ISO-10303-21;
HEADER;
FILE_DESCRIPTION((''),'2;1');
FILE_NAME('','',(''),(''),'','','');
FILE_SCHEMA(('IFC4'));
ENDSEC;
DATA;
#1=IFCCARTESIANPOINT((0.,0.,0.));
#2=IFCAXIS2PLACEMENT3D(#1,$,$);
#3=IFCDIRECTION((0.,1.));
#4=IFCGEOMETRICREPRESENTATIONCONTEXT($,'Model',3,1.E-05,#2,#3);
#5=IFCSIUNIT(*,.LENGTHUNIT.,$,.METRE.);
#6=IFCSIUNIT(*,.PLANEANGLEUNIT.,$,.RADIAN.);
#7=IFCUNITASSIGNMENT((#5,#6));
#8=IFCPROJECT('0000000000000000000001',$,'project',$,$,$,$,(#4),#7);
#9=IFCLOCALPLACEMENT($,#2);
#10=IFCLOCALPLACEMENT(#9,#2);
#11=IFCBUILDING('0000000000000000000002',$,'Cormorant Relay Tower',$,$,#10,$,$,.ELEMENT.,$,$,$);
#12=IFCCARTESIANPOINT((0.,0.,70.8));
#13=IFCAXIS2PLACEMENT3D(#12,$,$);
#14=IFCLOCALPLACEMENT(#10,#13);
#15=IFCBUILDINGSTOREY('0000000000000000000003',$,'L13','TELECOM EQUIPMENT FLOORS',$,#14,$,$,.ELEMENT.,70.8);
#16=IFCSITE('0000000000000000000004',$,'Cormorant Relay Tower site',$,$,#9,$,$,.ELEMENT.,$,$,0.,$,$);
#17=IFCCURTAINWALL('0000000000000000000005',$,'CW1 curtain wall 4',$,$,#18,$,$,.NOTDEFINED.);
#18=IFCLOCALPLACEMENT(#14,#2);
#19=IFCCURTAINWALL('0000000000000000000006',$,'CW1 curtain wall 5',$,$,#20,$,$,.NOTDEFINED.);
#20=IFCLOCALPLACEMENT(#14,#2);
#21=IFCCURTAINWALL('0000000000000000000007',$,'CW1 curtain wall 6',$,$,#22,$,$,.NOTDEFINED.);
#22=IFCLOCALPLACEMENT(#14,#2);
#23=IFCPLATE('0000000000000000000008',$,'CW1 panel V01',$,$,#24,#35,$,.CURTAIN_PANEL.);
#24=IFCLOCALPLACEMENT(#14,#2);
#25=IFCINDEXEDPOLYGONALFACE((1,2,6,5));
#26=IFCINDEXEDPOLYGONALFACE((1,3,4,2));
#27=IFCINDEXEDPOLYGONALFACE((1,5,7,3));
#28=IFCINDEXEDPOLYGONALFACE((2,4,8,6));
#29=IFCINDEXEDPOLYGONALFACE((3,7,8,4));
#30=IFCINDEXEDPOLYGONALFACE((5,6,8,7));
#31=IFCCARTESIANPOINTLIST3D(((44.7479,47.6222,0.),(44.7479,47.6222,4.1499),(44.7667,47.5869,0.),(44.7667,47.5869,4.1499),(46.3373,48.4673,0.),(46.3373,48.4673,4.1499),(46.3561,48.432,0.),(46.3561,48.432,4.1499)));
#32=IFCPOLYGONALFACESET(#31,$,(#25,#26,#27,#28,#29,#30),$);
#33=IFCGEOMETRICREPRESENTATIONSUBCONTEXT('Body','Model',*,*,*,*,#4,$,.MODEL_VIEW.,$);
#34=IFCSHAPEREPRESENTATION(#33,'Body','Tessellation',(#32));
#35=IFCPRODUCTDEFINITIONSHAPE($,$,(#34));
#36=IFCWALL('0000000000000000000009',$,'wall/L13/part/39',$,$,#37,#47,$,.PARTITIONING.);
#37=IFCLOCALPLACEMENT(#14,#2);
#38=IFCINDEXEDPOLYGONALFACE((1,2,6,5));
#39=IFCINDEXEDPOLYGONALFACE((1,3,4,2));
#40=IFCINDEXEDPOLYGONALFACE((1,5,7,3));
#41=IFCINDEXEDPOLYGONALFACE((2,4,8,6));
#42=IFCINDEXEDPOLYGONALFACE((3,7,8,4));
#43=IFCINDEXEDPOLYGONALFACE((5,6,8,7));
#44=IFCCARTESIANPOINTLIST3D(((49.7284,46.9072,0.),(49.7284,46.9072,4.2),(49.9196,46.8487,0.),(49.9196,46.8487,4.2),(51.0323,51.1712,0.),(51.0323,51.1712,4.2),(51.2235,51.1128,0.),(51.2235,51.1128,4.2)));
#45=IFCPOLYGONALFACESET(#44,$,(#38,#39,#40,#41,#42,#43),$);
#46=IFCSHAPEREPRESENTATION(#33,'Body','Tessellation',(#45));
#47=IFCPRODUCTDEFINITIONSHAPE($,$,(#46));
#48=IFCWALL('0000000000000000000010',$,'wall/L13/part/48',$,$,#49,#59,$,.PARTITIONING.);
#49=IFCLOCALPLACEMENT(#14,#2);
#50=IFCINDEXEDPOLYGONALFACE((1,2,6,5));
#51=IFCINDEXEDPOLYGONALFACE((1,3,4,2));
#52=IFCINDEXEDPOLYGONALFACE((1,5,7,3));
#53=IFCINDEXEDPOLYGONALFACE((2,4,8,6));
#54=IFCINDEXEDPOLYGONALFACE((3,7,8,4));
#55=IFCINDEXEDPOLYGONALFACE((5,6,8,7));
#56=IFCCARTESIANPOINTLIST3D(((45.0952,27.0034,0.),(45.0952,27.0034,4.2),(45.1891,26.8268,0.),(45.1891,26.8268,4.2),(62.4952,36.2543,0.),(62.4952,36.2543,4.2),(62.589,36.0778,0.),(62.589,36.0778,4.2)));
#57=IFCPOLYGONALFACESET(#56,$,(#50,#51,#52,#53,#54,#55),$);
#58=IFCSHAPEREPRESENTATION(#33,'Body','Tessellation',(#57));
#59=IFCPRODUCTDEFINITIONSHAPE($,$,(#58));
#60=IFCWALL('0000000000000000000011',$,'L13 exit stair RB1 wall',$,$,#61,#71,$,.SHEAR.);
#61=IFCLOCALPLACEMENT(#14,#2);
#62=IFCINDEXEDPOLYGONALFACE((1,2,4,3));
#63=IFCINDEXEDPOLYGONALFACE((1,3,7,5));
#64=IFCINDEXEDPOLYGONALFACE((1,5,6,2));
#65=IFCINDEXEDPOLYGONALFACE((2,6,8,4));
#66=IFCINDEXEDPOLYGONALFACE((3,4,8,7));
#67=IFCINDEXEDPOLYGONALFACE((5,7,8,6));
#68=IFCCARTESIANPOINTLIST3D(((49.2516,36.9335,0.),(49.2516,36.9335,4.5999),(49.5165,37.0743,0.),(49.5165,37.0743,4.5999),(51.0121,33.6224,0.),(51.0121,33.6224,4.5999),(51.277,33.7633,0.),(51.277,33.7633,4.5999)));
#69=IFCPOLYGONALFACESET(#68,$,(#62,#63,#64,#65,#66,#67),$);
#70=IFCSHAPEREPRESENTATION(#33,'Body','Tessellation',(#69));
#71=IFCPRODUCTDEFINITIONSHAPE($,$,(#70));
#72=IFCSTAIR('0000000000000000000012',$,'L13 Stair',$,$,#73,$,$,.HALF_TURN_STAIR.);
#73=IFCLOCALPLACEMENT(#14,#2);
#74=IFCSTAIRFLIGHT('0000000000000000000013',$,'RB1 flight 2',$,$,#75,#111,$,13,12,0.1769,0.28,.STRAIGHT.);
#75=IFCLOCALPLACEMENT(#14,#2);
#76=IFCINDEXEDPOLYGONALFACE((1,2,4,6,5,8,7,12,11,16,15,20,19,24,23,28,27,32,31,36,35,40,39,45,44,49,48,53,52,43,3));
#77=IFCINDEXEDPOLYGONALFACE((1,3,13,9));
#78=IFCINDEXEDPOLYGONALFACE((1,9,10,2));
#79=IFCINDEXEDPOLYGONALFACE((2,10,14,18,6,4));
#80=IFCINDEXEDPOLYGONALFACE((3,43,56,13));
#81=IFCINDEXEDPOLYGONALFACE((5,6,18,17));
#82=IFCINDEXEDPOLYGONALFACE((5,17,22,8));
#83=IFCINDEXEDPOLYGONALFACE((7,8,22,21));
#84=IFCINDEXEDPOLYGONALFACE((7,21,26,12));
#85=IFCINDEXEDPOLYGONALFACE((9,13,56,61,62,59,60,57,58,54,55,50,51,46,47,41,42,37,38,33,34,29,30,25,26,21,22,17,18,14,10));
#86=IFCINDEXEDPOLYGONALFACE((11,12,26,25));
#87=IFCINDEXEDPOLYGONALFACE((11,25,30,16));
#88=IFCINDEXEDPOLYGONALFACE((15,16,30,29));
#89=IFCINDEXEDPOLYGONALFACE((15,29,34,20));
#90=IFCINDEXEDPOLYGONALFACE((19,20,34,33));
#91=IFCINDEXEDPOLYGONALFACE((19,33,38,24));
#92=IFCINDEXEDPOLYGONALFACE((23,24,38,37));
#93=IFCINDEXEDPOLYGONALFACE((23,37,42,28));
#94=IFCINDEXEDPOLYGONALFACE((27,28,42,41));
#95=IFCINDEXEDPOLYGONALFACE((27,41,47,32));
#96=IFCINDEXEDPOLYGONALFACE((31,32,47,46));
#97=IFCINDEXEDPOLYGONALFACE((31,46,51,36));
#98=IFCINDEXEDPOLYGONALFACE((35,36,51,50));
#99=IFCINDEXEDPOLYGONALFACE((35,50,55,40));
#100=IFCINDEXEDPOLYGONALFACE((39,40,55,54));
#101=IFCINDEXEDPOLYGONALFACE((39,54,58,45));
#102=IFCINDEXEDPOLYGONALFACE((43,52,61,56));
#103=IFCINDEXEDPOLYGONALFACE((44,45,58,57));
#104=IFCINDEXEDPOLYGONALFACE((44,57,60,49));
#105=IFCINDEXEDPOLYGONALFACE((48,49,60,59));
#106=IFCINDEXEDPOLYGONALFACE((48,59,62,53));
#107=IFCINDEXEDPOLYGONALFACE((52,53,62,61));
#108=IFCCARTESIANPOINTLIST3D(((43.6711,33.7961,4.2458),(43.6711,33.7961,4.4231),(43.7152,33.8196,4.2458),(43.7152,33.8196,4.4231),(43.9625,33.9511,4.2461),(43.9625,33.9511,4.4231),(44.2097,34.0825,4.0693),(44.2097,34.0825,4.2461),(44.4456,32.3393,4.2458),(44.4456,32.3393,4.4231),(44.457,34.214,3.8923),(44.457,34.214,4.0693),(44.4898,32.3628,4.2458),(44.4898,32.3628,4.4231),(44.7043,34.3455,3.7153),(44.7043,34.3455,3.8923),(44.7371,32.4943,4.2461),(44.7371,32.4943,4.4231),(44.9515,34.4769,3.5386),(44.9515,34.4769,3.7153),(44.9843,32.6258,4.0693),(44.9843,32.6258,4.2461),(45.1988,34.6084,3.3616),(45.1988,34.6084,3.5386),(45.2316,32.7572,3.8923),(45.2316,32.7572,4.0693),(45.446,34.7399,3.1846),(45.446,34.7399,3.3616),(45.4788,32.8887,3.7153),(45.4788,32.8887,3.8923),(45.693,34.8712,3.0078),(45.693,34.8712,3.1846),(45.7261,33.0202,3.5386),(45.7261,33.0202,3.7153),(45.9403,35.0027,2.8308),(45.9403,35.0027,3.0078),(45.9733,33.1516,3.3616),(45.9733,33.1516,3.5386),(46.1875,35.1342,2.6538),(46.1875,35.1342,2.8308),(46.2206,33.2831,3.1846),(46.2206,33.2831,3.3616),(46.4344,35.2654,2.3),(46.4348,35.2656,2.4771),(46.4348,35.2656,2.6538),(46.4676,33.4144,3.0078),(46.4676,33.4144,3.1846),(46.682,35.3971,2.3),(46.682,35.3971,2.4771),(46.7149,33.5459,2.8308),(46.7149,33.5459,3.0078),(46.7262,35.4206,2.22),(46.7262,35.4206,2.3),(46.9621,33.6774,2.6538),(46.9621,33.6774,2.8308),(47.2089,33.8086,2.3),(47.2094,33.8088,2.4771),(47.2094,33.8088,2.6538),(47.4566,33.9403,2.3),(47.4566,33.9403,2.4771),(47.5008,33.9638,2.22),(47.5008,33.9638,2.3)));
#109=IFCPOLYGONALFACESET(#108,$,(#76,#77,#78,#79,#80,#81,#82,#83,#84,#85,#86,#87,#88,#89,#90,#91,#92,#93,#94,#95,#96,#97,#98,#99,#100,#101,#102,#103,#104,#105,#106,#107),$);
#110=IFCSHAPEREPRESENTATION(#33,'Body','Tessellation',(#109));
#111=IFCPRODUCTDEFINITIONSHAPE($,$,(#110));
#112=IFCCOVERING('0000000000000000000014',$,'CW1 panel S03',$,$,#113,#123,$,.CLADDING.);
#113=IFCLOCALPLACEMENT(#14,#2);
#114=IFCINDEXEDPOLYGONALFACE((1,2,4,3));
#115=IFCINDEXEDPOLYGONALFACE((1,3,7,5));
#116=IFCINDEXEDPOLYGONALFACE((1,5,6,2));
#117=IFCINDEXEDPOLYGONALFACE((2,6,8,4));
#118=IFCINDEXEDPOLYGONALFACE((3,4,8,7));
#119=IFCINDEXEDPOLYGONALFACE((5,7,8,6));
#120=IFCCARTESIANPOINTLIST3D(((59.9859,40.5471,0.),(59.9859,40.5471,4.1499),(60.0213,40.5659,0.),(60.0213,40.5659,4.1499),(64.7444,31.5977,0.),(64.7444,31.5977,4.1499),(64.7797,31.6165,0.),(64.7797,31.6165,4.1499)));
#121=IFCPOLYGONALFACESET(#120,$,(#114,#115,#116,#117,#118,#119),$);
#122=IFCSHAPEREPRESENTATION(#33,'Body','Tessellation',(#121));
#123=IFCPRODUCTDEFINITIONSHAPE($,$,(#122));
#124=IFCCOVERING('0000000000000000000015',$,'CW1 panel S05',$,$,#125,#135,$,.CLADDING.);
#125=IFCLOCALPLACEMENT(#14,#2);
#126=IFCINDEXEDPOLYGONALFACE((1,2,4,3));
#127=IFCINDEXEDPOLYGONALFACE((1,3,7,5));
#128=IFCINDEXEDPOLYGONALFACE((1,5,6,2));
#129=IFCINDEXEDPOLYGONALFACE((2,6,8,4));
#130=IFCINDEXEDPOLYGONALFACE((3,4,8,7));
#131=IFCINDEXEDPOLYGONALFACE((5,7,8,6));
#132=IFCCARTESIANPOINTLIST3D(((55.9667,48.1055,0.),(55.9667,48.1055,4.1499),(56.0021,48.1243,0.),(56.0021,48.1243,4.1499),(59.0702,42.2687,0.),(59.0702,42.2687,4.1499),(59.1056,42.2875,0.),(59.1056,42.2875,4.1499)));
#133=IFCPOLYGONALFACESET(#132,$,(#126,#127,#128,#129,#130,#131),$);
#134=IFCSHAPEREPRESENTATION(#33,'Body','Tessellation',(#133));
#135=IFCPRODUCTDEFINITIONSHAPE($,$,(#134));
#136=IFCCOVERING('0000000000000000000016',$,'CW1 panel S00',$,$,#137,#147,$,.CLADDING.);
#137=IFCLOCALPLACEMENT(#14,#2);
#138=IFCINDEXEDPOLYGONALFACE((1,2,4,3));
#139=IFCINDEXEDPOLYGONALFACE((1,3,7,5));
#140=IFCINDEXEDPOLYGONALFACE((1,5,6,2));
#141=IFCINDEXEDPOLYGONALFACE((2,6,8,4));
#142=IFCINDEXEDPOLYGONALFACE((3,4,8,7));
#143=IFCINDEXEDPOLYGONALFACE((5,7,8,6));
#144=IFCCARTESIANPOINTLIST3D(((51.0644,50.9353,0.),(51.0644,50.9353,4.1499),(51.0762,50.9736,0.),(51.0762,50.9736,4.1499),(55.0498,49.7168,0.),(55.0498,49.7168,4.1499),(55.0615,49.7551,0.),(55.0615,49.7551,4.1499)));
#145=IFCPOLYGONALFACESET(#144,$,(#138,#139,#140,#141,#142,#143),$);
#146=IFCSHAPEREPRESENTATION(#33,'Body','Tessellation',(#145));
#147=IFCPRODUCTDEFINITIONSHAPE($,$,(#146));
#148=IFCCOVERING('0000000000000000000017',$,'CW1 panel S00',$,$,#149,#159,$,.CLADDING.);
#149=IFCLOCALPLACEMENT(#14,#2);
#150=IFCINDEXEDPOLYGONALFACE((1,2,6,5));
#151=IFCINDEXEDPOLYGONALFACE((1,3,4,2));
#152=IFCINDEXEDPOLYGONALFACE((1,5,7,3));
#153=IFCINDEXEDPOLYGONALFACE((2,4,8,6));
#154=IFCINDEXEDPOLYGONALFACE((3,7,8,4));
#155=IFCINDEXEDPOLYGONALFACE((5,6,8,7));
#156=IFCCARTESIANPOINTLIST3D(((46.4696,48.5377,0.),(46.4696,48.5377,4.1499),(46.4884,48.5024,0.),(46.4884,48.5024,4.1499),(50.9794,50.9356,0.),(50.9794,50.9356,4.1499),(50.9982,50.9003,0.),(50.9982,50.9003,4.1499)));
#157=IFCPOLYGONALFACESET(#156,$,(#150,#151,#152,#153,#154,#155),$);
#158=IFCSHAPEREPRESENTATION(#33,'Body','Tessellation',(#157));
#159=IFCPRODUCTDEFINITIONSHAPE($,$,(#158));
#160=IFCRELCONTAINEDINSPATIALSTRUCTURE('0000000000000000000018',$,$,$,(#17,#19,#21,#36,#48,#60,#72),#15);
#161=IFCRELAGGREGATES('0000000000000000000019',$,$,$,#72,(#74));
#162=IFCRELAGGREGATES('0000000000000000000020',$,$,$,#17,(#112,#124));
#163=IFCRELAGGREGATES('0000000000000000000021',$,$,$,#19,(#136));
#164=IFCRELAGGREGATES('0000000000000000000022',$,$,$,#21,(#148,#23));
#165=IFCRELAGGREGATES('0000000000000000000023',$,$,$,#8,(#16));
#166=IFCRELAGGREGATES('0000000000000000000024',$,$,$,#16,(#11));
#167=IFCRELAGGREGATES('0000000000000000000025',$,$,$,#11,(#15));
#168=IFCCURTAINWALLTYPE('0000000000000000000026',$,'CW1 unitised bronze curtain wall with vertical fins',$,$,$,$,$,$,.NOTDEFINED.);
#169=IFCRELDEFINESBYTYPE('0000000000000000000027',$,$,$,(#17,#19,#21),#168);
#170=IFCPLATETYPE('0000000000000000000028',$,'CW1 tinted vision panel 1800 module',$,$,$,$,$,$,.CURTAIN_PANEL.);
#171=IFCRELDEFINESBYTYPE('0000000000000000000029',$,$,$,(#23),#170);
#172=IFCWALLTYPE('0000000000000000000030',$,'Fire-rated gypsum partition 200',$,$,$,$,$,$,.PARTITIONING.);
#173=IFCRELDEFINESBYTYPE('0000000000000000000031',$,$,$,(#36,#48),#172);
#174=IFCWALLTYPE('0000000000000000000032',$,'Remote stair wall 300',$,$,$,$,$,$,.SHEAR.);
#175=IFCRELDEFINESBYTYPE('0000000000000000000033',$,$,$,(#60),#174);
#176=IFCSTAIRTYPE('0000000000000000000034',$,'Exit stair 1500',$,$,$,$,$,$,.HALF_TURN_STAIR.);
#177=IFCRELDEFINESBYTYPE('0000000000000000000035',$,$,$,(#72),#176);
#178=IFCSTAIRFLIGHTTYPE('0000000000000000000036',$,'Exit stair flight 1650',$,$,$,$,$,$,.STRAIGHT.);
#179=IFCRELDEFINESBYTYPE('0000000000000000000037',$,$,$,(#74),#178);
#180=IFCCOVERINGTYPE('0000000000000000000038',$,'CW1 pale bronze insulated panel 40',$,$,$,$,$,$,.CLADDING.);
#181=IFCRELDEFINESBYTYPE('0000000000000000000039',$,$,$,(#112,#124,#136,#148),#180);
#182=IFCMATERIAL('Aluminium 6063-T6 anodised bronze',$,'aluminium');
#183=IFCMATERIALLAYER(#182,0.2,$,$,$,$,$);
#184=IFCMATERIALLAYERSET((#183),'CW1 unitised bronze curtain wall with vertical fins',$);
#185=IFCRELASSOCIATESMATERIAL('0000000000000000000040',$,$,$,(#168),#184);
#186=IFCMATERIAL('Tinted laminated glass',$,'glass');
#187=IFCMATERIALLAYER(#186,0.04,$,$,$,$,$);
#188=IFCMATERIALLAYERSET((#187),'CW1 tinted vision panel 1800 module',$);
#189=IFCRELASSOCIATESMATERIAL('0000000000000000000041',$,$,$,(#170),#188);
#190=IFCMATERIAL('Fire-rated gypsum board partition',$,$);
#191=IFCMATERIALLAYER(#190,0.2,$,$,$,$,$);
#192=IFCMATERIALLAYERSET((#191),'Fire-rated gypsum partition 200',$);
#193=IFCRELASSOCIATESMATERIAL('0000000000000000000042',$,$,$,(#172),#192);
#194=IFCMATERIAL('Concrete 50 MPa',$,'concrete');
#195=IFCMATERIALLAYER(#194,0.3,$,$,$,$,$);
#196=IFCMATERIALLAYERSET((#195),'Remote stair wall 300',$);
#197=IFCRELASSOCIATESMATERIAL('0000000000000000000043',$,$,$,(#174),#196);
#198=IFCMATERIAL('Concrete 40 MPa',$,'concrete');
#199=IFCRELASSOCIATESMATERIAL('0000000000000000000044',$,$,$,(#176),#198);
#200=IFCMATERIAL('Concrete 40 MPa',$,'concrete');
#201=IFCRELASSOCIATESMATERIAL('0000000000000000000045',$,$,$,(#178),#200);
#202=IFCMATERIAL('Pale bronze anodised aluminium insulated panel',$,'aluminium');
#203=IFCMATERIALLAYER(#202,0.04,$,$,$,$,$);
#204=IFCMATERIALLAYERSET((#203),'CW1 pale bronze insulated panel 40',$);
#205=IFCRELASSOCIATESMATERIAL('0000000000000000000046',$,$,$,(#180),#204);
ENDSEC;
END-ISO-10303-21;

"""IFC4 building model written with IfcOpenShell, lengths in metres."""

from ifc_helpers import new_model, si_unit, direction, frame, frame_2d, origin, origin_2d, place, context, subcontext, project, spatial, polyline, rectangle, outline, extrude, material, layer, layer_set, type_object, element, aggregate, save


model = new_model("IFC4")

# Units and contexts
model_context = context("Model", 3, precision=1e-05, world=origin(), true_north=direction((0.0, 1.0)))
body_context = subcontext(model_context, "Body", "Model", "MODEL_VIEW")
ifc_project = project(units=[si_unit("LENGTHUNIT", "METRE"), si_unit("PLANEANGLEUNIT", "RADIAN")], contexts=[model_context])

# Site, building, storey
site_placement = place(None, origin())
site = spatial("IfcSite", under=ifc_project, at=site_placement, Name="Cormorant Relay Tower site", CompositionType="ELEMENT", RefElevation=0.0)
building_placement = place(site_placement, origin())
building = spatial("IfcBuilding", under=site, at=building_placement, Name="Cormorant Relay Tower", CompositionType="ELEMENT")
storey_placement = place(building_placement, frame((0.0, 0.0, 70.8)))
storey = spatial("IfcBuildingStorey", under=building, at=storey_placement, Name="L13", Description="TELECOM EQUIPMENT FLOORS", CompositionType="ELEMENT", Elevation=70.8)

# Curtain wall
ifc_material_1 = material(Name="Aluminium 6063-T6 anodised bronze", Category="aluminium")
ifc_layer_1 = layer(ifc_material_1, 0.2)
ifc_layer_set_1 = layer_set([ifc_layer_1], Name="CW1 unitised bronze curtain wall with vertical fins")
curtain_wall_type = type_object("IfcCurtainWallType", Name="CW1 unitised bronze curtain wall with vertical fins", PredefinedType="NOTDEFINED", material=ifc_layer_set_1)
curtain_wall_1_placement = place(storey_placement, origin())
curtain_wall_1 = element("IfcCurtainWall", 1, at=curtain_wall_1_placement, inside=storey, type_object=curtain_wall_type, Name="CW1 curtain wall 4", PredefinedType="NOTDEFINED")

# Curtain wall
curtain_wall_2_placement = place(storey_placement, origin())
curtain_wall_2 = element("IfcCurtainWall", 2, at=curtain_wall_2_placement, inside=storey, type_object=curtain_wall_type, Name="CW1 curtain wall 5", PredefinedType="NOTDEFINED")

# Curtain wall
curtain_wall_3_placement = place(storey_placement, origin())
curtain_wall_3 = element("IfcCurtainWall", 3, at=curtain_wall_3_placement, inside=storey, type_object=curtain_wall_type, Name="CW1 curtain wall 6", PredefinedType="NOTDEFINED")

# Plate
ifc_material_2 = material(Name="Tinted laminated glass", Category="glass")
ifc_layer_2 = layer(ifc_material_2, 0.04)
ifc_layer_set_2 = layer_set([ifc_layer_2], Name="CW1 tinted vision panel 1800 module")
plate_type = type_object("IfcPlateType", Name="CW1 tinted vision panel 1800 module", PredefinedType="CURTAIN_PANEL", material=ifc_layer_set_2)
plate_1_placement = place(storey_placement, frame((45.552, 48.0271, 0.0), z_axis=(0.0, 0.0, 1.0), x_axis=(-0.882948, -0.469472, 0.0)))
plate_1 = element("IfcPlate", 4, at=plate_1_placement, type_object=plate_type, Name="CW1 panel V01", PredefinedType="CURTAIN_PANEL", context=body_context, shape_type="SweptSolid", body=[
    extrude(rectangle(XDim=1.8, YDim=0.04, at=origin_2d()), origin(), (0.0, 0.0, 1.0), 4.1499),
])

# Walls
ifc_material_3 = material(Name="Fire-rated gypsum board partition")
ifc_layer_3 = layer(ifc_material_3, 0.2)
ifc_layer_set_3 = layer_set([ifc_layer_3], Name="Fire-rated gypsum partition 200")
wall_type_1 = type_object("IfcWallType", Name="Fire-rated gypsum partition 200", PredefinedType="PARTITIONING", material=ifc_layer_set_3)
wall_1_placement = place(storey_placement, frame((49.824, 46.8779, 0.0), z_axis=(0.0, 0.0, 1.0), x_axis=(0.292427, 0.956288, 0.0)))
element("IfcWall", 5, at=wall_1_placement, inside=storey, type_object=wall_type_1, Name="wall/L13/part/39", PredefinedType="PARTITIONING", context=body_context, shape_type="SweptSolid", body=[
    extrude(rectangle(XDim=4.459, YDim=0.2, at=frame_2d((2.2295, 0.0))), origin(), (0.0, 0.0, 1.0), 4.2),
])
wall_2_placement = place(storey_placement, frame((62.542, 36.166, 0.0), z_axis=(0.0, 0.0, 1.0), x_axis=(-0.882963, -0.469443, 0.0)))
element("IfcWall", 6, at=wall_2_placement, inside=storey, type_object=wall_type_1, Name="wall/L13/part/48", PredefinedType="PARTITIONING", context=body_context, shape_type="SweptSolid", body=[
    extrude(rectangle(XDim=19.7063, YDim=0.2, at=frame_2d((9.853, 0.0))), origin(), (0.0, 0.0, 1.0), 4.2),
])
ifc_material_4 = material(Name="Concrete 50 MPa", Category="concrete")
ifc_layer_4 = layer(ifc_material_4, 0.3)
ifc_layer_set_4 = layer_set([ifc_layer_4], Name="Remote stair wall 300")
wall_type_2 = type_object("IfcWallType", Name="Remote stair wall 300", PredefinedType="SHEAR", material=ifc_layer_set_4)
wall_3_placement = place(storey_placement, frame((49.384, 37.0039, 0.0), z_axis=(0.0, 0.0, 1.0), x_axis=(0.469469, -0.882949, 0.0)))
element("IfcWall", 7, at=wall_3_placement, inside=storey, type_object=wall_type_2, Name="L13 exit stair RB1 wall", PredefinedType="SHEAR", context=body_context, shape_type="SweptSolid", body=[
    extrude(rectangle(XDim=3.75, YDim=0.3, at=frame_2d((1.875, 0.0))), origin(), (0.0, 0.0, 1.0), 4.5999),
])

# Stair, stair flight
ifc_material_5 = material(Name="Concrete 40 MPa", Category="concrete")
stair_type = type_object("IfcStairType", Name="Exit stair 1500", PredefinedType="HALF_TURN_STAIR", material=ifc_material_5)
stair_placement = place(storey_placement, origin())
stair = element("IfcStair", 8, at=stair_placement, inside=storey, type_object=stair_type, Name="L13 Stair", PredefinedType="HALF_TURN_STAIR")
ifc_material_6 = material(Name="Concrete 40 MPa", Category="concrete")
stair_flight_type = type_object("IfcStairFlightType", Name="Exit stair flight 1650", PredefinedType="STRAIGHT", material=ifc_material_6)
stair_flight_placement = place(storey_placement, frame((47.0693, 34.6687, 2.3), z_axis=(0.0, 0.0, 1.0), x_axis=(-0.882948, -0.469472, 0.0)))
stair_flight = element("IfcStairFlight", 9, at=stair_flight_placement, type_object=stair_flight_type, Name="RB1 flight 2", NumberOfRisers=13, NumberOfTreads=12, PredefinedType="STRAIGHT", RiserHeight=0.1769, TreadLength=0.28, context=body_context, shape_type="SweptSolid", body=[
    extrude(outline(polyline([(-0.05, -0.0801), (-0.05, 0.0), (0.0, 0.0), (0.0, 0.177), (0.28, 0.177), (0.28, 0.3538), (0.5601, 0.3538), (0.5601, 0.5308), (0.8401, 0.5308), (0.8401, 0.7078), (1.1201, 0.7078), (1.1201, 0.8845), (1.3999, 0.8845), (1.3999, 1.0615), (1.6799, 1.0615), (1.6799, 1.2385), (1.96, 1.2385), (1.96, 1.4153), (2.24, 1.4153), (2.24, 1.5923), (2.52, 1.5923), (2.52, 1.7693), (2.8, 1.7693), (2.8, 1.946), (3.0801, 1.946), (3.0801, 2.123), (3.3601, 2.123), (3.4102, 2.123), (3.4102, 1.9458), (3.3601, 1.9458), (0.2805, 0.0), (-0.05, -0.0801)])), frame((0.0, 0.825, 0.0), z_axis=(0.0, -1.0, 0.0), x_axis=(1.0, 0.0, 0.0)), (0.0, 0.0, 1.0), 1.6499),
])
aggregate(stair, [stair_flight])

# Coverings
ifc_material_7 = material(Name="Pale bronze anodised aluminium insulated panel", Category="aluminium")
ifc_layer_5 = layer(ifc_material_7, 0.04)
ifc_layer_set_5 = layer_set([ifc_layer_5], Name="CW1 pale bronze insulated panel 40")
covering_type = type_object("IfcCoveringType", Name="CW1 pale bronze insulated panel 40", PredefinedType="CLADDING", material=ifc_layer_set_5)
covering_1_placement = place(storey_placement, frame((62.3828, 36.0818, 0.0), z_axis=(0.0, 0.0, 1.0), x_axis=(-0.469472, 0.882948, 0.0)))
covering_1 = element("IfcCovering", 10, at=covering_1_placement, type_object=covering_type, Name="CW1 panel S03", PredefinedType="CLADDING", context=body_context, shape_type="SweptSolid", body=[
    extrude(rectangle(XDim=10.1357, YDim=0.04, at=origin_2d()), origin(), (0.0, 0.0, 1.0), 4.1499),
])
covering_2_placement = place(storey_placement, frame((57.5361, 45.1965, 0.0), z_axis=(0.0, 0.0, 1.0), x_axis=(-0.469472, 0.882948, 0.0)))
covering_2 = element("IfcCovering", 11, at=covering_2_placement, type_object=covering_type, Name="CW1 panel S05", PredefinedType="CLADDING", context=body_context, shape_type="SweptSolid", body=[
    extrude(rectangle(XDim=6.6106, YDim=0.04, at=origin_2d()), origin(), (0.0, 0.0, 1.0), 4.1499),
])
aggregate(curtain_wall_1, [covering_1, covering_2])
covering_3_placement = place(storey_placement, frame((53.063, 50.3452, 0.0), z_axis=(0.0, 0.0, 1.0), x_axis=(-0.956305, 0.292372, 0.0)))
covering_3 = element("IfcCovering", 12, at=covering_3_placement, type_object=covering_type, Name="CW1 panel S00", PredefinedType="CLADDING", context=body_context, shape_type="SweptSolid", body=[
    extrude(rectangle(XDim=4.1675, YDim=0.04, at=origin_2d()), origin(), (0.0, 0.0, 1.0), 4.1499),
])
aggregate(curtain_wall_2, [covering_3])
covering_4_placement = place(storey_placement, frame((48.7339, 49.719, 0.0), z_axis=(0.0, 0.0, 1.0), x_axis=(-0.882948, -0.469472, 0.0)))
covering_4 = element("IfcCovering", 13, at=covering_4_placement, type_object=covering_type, Name="CW1 panel S00", PredefinedType="CLADDING", context=body_context, shape_type="SweptSolid", body=[
    extrude(rectangle(XDim=5.1077, YDim=0.04, at=origin_2d()), origin(), (0.0, 0.0, 1.0), 4.1499),
])
aggregate(curtain_wall_3, [covering_4, plate_1])

save(model, "model.ifc")
